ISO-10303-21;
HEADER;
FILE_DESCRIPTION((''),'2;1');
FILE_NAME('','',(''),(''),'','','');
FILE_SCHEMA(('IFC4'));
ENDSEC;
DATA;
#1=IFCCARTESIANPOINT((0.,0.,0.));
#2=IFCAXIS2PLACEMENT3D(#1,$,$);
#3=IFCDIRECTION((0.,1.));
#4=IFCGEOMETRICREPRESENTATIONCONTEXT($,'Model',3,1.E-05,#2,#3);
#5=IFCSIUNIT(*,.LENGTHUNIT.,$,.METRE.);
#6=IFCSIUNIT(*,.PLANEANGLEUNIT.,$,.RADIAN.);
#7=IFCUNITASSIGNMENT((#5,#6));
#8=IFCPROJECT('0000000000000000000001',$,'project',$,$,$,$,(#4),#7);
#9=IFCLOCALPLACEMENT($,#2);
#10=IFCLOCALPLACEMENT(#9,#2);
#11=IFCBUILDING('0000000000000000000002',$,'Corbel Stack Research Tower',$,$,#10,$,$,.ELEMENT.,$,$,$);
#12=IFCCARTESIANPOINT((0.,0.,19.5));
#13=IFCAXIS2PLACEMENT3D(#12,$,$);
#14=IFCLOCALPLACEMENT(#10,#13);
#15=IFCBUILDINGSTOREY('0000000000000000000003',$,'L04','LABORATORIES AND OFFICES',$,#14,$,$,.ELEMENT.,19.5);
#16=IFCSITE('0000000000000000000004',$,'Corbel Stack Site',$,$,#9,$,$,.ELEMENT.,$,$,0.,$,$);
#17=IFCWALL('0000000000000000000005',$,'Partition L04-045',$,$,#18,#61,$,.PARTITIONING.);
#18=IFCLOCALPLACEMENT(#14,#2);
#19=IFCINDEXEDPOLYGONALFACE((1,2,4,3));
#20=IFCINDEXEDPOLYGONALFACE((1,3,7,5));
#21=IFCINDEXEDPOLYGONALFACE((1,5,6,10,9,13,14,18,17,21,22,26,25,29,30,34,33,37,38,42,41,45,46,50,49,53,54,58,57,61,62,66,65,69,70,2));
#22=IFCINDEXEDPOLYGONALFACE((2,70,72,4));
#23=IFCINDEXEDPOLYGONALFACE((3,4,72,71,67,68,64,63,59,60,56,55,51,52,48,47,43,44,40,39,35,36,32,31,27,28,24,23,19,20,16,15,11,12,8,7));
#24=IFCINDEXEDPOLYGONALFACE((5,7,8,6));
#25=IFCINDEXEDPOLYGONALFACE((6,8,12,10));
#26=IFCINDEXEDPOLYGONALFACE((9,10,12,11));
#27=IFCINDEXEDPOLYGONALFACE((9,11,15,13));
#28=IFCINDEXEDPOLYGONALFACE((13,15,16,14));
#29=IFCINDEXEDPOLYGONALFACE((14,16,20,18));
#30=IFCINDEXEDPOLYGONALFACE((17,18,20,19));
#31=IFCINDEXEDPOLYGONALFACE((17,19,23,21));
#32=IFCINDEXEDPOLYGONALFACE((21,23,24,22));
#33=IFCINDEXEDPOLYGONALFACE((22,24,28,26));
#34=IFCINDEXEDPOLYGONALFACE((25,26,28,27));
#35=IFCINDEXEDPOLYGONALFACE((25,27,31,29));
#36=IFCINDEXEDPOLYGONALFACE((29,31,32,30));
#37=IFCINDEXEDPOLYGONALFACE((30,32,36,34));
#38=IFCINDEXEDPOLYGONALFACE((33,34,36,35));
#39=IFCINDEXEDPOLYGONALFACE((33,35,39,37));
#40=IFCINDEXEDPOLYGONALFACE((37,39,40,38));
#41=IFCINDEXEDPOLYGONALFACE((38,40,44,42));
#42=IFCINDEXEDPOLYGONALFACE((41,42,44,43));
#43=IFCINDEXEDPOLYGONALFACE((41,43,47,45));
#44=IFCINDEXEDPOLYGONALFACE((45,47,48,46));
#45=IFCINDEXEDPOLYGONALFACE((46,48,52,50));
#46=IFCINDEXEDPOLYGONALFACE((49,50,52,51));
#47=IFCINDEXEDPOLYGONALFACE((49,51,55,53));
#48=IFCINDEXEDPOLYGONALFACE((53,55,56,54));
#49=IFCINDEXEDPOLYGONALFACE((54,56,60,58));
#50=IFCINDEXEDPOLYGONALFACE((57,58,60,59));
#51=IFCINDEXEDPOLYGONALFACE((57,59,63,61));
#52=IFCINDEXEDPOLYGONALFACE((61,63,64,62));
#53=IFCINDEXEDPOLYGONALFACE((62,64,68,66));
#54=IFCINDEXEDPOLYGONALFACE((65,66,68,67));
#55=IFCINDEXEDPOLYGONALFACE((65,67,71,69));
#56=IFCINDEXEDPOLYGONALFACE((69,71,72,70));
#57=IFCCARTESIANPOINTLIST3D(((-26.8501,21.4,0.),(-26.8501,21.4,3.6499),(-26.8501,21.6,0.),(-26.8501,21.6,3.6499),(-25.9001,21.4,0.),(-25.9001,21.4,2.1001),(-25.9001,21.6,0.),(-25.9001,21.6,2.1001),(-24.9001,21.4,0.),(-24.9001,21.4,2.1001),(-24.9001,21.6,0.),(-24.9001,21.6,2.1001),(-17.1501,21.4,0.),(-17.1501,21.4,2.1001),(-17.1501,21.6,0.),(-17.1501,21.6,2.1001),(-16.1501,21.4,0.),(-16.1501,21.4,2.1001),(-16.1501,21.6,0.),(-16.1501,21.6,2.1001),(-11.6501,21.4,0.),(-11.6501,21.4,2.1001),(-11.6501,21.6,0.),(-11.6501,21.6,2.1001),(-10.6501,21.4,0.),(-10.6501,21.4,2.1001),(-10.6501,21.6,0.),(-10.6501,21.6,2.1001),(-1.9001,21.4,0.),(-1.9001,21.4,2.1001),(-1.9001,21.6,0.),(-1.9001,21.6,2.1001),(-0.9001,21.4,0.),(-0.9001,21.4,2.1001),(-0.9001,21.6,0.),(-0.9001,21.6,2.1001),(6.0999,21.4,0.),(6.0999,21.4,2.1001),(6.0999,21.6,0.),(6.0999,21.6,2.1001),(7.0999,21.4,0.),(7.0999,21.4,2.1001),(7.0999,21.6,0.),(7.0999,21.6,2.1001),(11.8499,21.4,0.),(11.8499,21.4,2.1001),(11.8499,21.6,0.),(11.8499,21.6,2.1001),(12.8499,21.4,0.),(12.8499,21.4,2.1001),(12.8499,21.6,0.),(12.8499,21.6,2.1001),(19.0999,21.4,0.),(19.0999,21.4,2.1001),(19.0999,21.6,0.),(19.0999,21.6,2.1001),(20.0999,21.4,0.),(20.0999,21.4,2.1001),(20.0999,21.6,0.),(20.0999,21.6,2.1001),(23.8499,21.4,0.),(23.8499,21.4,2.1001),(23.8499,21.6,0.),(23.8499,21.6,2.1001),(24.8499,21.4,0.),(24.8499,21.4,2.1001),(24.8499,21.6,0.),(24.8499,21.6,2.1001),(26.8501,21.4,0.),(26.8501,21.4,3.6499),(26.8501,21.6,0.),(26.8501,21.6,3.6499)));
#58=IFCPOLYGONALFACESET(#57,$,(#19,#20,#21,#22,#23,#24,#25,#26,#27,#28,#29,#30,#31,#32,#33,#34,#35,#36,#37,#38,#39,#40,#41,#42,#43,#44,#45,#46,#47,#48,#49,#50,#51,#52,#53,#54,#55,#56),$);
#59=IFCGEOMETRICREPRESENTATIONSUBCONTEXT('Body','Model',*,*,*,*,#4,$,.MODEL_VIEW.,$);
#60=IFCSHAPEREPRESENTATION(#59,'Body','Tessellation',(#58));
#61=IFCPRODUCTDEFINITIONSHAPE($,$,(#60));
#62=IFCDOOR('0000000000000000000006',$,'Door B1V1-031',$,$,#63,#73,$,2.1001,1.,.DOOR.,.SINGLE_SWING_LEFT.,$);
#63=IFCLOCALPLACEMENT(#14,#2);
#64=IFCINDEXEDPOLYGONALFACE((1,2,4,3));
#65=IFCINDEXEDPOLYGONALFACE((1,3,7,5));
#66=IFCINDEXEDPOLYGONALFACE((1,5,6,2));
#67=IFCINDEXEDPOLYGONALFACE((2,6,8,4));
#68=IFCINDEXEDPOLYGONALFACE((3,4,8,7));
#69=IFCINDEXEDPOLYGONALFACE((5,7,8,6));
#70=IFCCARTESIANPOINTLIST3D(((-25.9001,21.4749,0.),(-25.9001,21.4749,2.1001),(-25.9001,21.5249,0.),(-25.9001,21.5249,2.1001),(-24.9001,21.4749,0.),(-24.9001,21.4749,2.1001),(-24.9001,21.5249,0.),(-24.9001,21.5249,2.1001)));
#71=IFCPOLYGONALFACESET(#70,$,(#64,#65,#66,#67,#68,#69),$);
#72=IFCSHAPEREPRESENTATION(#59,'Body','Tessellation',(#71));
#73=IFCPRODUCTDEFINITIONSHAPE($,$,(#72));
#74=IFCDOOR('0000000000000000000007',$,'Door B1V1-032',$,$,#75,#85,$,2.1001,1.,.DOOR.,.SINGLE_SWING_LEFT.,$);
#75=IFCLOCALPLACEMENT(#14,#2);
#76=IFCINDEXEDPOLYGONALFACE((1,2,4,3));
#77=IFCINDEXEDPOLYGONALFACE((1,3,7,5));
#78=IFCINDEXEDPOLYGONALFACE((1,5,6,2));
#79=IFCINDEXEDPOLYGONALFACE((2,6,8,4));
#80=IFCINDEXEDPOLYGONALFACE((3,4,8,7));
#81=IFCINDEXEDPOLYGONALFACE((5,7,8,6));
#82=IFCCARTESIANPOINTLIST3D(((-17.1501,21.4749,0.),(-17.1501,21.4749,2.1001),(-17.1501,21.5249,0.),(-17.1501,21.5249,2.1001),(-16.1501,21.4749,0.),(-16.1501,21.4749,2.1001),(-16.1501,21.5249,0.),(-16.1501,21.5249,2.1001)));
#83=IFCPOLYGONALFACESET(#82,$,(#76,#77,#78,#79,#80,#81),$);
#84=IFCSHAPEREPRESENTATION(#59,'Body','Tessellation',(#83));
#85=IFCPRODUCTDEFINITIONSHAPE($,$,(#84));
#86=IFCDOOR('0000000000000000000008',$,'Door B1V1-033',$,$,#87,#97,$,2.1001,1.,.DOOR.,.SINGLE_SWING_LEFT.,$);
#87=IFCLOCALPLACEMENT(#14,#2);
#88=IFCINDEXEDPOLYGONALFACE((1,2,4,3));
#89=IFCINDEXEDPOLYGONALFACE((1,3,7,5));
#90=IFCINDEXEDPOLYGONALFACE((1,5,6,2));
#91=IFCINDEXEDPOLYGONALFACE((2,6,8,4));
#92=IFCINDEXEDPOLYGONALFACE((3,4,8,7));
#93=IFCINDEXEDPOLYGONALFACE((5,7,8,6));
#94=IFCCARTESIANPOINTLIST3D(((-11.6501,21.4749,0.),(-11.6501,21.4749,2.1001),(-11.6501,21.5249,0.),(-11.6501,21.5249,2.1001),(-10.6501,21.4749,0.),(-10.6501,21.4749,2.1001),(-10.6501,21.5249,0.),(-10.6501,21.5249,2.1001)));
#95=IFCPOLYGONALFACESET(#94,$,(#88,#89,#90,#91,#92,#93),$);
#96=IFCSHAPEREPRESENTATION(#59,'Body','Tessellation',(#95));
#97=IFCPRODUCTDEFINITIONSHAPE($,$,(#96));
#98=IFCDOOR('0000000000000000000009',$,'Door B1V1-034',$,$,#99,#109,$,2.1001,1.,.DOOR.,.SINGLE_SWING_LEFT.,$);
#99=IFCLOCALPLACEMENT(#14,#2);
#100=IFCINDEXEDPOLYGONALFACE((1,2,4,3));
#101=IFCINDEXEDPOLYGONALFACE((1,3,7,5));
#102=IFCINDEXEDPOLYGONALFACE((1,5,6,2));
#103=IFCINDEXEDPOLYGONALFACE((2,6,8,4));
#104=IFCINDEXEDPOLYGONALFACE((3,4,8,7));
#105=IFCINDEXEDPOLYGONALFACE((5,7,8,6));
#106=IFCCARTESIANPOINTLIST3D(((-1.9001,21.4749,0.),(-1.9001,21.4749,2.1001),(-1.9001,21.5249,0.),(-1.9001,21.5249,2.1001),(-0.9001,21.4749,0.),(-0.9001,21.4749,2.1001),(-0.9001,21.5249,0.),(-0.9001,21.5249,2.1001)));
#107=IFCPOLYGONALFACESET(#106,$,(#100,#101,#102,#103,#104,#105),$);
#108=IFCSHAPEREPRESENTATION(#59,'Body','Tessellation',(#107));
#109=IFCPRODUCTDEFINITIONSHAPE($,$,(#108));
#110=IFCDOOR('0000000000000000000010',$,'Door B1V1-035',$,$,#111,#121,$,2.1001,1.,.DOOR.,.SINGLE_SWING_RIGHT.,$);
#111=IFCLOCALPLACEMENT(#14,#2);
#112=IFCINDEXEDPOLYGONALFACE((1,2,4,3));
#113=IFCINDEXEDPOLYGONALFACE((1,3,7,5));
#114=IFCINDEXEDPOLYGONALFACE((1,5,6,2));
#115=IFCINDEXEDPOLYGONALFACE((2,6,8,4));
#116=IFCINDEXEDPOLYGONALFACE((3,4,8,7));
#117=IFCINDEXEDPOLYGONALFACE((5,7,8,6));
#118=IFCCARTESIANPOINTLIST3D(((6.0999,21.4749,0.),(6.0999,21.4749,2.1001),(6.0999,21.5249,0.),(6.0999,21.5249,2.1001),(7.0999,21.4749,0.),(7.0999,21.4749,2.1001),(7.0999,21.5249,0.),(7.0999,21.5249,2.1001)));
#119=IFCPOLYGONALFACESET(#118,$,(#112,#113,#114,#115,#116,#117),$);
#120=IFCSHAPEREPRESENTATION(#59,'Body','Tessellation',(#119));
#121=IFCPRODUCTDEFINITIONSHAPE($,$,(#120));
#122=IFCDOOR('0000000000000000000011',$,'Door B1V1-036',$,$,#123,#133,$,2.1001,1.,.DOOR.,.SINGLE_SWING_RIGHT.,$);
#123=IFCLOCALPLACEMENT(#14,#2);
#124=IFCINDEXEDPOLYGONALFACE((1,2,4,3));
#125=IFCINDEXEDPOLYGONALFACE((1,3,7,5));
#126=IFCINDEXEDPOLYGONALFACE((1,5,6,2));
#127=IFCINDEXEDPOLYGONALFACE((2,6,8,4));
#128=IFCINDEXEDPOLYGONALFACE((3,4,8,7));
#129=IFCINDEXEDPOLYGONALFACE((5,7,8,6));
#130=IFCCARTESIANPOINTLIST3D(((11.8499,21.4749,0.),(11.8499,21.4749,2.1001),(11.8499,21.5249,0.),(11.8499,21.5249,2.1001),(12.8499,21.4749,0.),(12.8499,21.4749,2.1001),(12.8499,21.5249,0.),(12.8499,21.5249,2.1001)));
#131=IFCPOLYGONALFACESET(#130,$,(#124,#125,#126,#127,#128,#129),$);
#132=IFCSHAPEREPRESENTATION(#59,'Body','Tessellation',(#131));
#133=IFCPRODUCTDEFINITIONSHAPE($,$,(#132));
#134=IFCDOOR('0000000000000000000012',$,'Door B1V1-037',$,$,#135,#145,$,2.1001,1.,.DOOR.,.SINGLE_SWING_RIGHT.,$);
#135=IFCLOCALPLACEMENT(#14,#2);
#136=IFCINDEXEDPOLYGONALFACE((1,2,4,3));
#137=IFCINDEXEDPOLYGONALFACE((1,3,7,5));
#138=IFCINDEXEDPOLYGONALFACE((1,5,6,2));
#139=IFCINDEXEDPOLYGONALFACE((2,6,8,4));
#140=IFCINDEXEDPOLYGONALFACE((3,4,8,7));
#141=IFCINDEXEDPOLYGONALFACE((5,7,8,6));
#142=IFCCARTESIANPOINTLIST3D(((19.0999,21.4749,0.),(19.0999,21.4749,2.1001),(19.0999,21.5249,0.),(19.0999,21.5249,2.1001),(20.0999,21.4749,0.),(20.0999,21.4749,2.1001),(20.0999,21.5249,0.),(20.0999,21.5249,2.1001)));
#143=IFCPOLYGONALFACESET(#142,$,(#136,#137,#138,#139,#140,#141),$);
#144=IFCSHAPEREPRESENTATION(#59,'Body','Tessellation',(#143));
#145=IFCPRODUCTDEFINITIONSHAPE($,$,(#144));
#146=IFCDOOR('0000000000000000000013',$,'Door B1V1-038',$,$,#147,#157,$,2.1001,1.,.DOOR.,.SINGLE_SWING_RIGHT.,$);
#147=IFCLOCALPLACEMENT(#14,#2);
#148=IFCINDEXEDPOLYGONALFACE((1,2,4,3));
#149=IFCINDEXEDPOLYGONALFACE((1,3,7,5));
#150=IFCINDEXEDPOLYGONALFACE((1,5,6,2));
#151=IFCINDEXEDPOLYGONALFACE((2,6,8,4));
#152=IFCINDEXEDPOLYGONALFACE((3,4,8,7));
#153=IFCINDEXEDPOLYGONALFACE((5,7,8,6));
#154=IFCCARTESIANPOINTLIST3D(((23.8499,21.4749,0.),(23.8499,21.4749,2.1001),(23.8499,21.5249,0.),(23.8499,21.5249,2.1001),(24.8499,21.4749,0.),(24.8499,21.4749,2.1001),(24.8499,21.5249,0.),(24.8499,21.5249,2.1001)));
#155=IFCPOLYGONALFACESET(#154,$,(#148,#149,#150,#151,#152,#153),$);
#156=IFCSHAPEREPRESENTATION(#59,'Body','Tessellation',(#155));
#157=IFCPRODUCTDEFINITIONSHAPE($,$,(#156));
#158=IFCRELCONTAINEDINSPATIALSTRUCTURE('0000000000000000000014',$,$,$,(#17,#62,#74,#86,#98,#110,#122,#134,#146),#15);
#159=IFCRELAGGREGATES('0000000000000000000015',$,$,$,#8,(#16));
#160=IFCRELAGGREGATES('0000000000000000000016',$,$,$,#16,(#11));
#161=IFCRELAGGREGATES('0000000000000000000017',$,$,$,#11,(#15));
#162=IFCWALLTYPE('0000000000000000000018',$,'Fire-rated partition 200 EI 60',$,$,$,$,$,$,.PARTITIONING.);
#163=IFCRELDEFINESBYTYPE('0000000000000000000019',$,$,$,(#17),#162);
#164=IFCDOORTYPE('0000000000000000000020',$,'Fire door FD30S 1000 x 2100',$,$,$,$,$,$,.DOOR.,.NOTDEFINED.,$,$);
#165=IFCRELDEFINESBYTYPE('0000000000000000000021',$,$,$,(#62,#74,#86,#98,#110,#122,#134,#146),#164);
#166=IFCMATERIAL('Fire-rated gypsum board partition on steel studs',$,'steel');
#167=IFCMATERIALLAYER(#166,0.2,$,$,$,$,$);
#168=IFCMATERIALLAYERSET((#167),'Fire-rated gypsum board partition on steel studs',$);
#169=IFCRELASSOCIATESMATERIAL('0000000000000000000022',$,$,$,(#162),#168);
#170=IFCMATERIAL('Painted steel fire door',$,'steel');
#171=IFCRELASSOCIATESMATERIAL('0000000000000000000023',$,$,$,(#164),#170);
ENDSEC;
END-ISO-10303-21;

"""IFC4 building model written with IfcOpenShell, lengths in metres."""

from ifc_helpers import new_model, si_unit, direction, frame, frame_2d, origin, place, context, subcontext, project, spatial, rectangle, extrude, material, layer, layer_set, type_object, element, fill, save


model = new_model("IFC4")

# Units and contexts
model_context = context("Model", 3, precision=1e-05, world=origin(), true_north=direction((0.0, 1.0)))
body_context = subcontext(model_context, "Body", "Model", "MODEL_VIEW")
ifc_project = project(units=[si_unit("LENGTHUNIT", "METRE"), si_unit("PLANEANGLEUNIT", "RADIAN")], contexts=[model_context])

# Site, building, storey
site_placement = place(None, origin())
site = spatial("IfcSite", under=ifc_project, at=site_placement, Name="Corbel Stack Site", CompositionType="ELEMENT", RefElevation=0.0)
building_placement = place(site_placement, origin())
building = spatial("IfcBuilding", under=site, at=building_placement, Name="Corbel Stack Research Tower", CompositionType="ELEMENT")
storey_placement = place(building_placement, frame((0.0, 0.0, 19.5)))
storey = spatial("IfcBuildingStorey", under=building, at=storey_placement, Name="L04", Description="LABORATORIES AND OFFICES", CompositionType="ELEMENT", Elevation=19.5)

# Shared definitions
ifc_material_1 = material(Name="Fire-rated gypsum board partition on steel studs", Category="steel")
ifc_layer_1 = layer(ifc_material_1, 0.2)
ifc_layer_set_1 = layer_set([ifc_layer_1], Name="Fire-rated gypsum board partition on steel studs")
wall_type_1 = type_object("IfcWallType", Name="Fire-rated partition 200 EI 60", PredefinedType="PARTITIONING", material=ifc_layer_set_1)

# Wall, openings, doors
wall_1_placement = place(storey_placement, frame((-26.8501, 21.5, 0.0), z_axis=(0.0, 0.0, 1.0), x_axis=(1.0, 0.0, 0.0)))
wall_1 = element("IfcWall", 1, at=wall_1_placement, inside=storey, type_object=wall_type_1, Name="Partition L04-045", PredefinedType="PARTITIONING", context=body_context, shape_type="SweptSolid", body=[
    extrude(rectangle(XDim=53.7002, YDim=0.2, at=frame_2d((26.8501, 0.0))), origin(), (0.0, 0.0, 1.0), 3.6499),
])
opening_1_placement = place(wall_1_placement, frame((0.95, 0.0, 0.0)))
opening_1 = element("IfcOpeningElement", 2, at=opening_1_placement, cuts=wall_1, PredefinedType="OPENING", context=body_context, shape_type="SweptSolid", body=[
    extrude(rectangle(XDim=1.0, YDim=2.1001, at=frame_2d((0.5, 1.05))), frame((0.0, 0.1099, 0.0), z_axis=(0.0, -1.0, 0.0), x_axis=(1.0, 0.0, 0.0)), (0.0, 0.0, 1.0), 0.22),
])
opening_2_placement = place(wall_1_placement, frame((9.7, 0.0, 0.0)))
opening_2 = element("IfcOpeningElement", 3, at=opening_2_placement, cuts=wall_1, PredefinedType="OPENING", context=body_context, shape_type="SweptSolid", body=[
    extrude(rectangle(XDim=1.0, YDim=2.1001, at=frame_2d((0.5, 1.05))), frame((0.0, 0.1099, 0.0), z_axis=(0.0, -1.0, 0.0), x_axis=(1.0, 0.0, 0.0)), (0.0, 0.0, 1.0), 0.22),
])
opening_3_placement = place(wall_1_placement, frame((15.2, 0.0, 0.0)))
opening_3 = element("IfcOpeningElement", 4, at=opening_3_placement, cuts=wall_1, PredefinedType="OPENING", context=body_context, shape_type="SweptSolid", body=[
    extrude(rectangle(XDim=1.0, YDim=2.1001, at=frame_2d((0.5, 1.05))), frame((0.0, 0.1099, 0.0), z_axis=(0.0, -1.0, 0.0), x_axis=(1.0, 0.0, 0.0)), (0.0, 0.0, 1.0), 0.22),
])
opening_4_placement = place(wall_1_placement, frame((24.95, 0.0, 0.0)))
opening_4 = element("IfcOpeningElement", 5, at=opening_4_placement, cuts=wall_1, PredefinedType="OPENING", context=body_context, shape_type="SweptSolid", body=[
    extrude(rectangle(XDim=1.0, YDim=2.1001, at=frame_2d((0.5, 1.05))), frame((0.0, 0.1099, 0.0), z_axis=(0.0, -1.0, 0.0), x_axis=(1.0, 0.0, 0.0)), (0.0, 0.0, 1.0), 0.22),
])
opening_5_placement = place(wall_1_placement, frame((32.95, 0.0, 0.0)))
opening_5 = element("IfcOpeningElement", 6, at=opening_5_placement, cuts=wall_1, PredefinedType="OPENING", context=body_context, shape_type="SweptSolid", body=[
    extrude(rectangle(XDim=1.0, YDim=2.1001, at=frame_2d((0.5, 1.05))), frame((0.0, 0.1099, 0.0), z_axis=(0.0, -1.0, 0.0), x_axis=(1.0, 0.0, 0.0)), (0.0, 0.0, 1.0), 0.22),
])
opening_6_placement = place(wall_1_placement, frame((38.7, 0.0, 0.0)))
opening_6 = element("IfcOpeningElement", 7, at=opening_6_placement, cuts=wall_1, PredefinedType="OPENING", context=body_context, shape_type="SweptSolid", body=[
    extrude(rectangle(XDim=1.0, YDim=2.1001, at=frame_2d((0.5, 1.05))), frame((0.0, 0.1099, 0.0), z_axis=(0.0, -1.0, 0.0), x_axis=(1.0, 0.0, 0.0)), (0.0, 0.0, 1.0), 0.22),
])
opening_7_placement = place(wall_1_placement, frame((45.95, 0.0, 0.0)))
opening_7 = element("IfcOpeningElement", 8, at=opening_7_placement, cuts=wall_1, PredefinedType="OPENING", context=body_context, shape_type="SweptSolid", body=[
    extrude(rectangle(XDim=1.0, YDim=2.1001, at=frame_2d((0.5, 1.05))), frame((0.0, 0.1099, 0.0), z_axis=(0.0, -1.0, 0.0), x_axis=(1.0, 0.0, 0.0)), (0.0, 0.0, 1.0), 0.22),
])
opening_8_placement = place(wall_1_placement, frame((50.7, 0.0, 0.0)))
opening_8 = element("IfcOpeningElement", 9, at=opening_8_placement, cuts=wall_1, PredefinedType="OPENING", context=body_context, shape_type="SweptSolid", body=[
    extrude(rectangle(XDim=1.0, YDim=2.1001, at=frame_2d((0.5, 1.05))), frame((0.0, 0.1099, 0.0), z_axis=(0.0, -1.0, 0.0), x_axis=(1.0, 0.0, 0.0)), (0.0, 0.0, 1.0), 0.22),
])
ifc_material_2 = material(Name="Painted steel fire door", Category="steel")
door_type_1 = type_object("IfcDoorType", Name="Fire door FD30S 1000 x 2100", OperationType="NOTDEFINED", PredefinedType="DOOR", material=ifc_material_2)
door_1_placement = place(opening_1_placement, origin())
door_1 = element("IfcDoor", 10, at=door_1_placement, inside=storey, type_object=door_type_1, Name="Door B1V1-031", OperationType="SINGLE_SWING_LEFT", OverallHeight=2.1001, OverallWidth=1.0, PredefinedType="DOOR", context=body_context, shape_type="SweptSolid", body=[
    extrude(rectangle(XDim=1.0, YDim=2.1001, at=frame_2d((0.5, 1.05))), frame((0.0, 0.0249, 0.0), z_axis=(0.0, -1.0, 0.0), x_axis=(1.0, 0.0, 0.0)), (0.0, 0.0, 1.0), 0.05),
])
fill(opening_1, door_1)
door_2_placement = place(opening_2_placement, origin())
door_2 = element("IfcDoor", 11, at=door_2_placement, inside=storey, type_object=door_type_1, Name="Door B1V1-032", OperationType="SINGLE_SWING_LEFT", OverallHeight=2.1001, OverallWidth=1.0, PredefinedType="DOOR", context=body_context, shape_type="SweptSolid", body=[
    extrude(rectangle(XDim=1.0, YDim=2.1001, at=frame_2d((0.5, 1.05))), frame((0.0, 0.0249, 0.0), z_axis=(0.0, -1.0, 0.0), x_axis=(1.0, 0.0, 0.0)), (0.0, 0.0, 1.0), 0.05),
])
fill(opening_2, door_2)
door_3_placement = place(opening_3_placement, origin())
door_3 = element("IfcDoor", 12, at=door_3_placement, inside=storey, type_object=door_type_1, Name="Door B1V1-033", OperationType="SINGLE_SWING_LEFT", OverallHeight=2.1001, OverallWidth=1.0, PredefinedType="DOOR", context=body_context, shape_type="SweptSolid", body=[
    extrude(rectangle(XDim=1.0, YDim=2.1001, at=frame_2d((0.5, 1.05))), frame((0.0, 0.0249, 0.0), z_axis=(0.0, -1.0, 0.0), x_axis=(1.0, 0.0, 0.0)), (0.0, 0.0, 1.0), 0.05),
])
fill(opening_3, door_3)
door_4_placement = place(opening_4_placement, origin())
door_4 = element("IfcDoor", 13, at=door_4_placement, inside=storey, type_object=door_type_1, Name="Door B1V1-034", OperationType="SINGLE_SWING_LEFT", OverallHeight=2.1001, OverallWidth=1.0, PredefinedType="DOOR", context=body_context, shape_type="SweptSolid", body=[
    extrude(rectangle(XDim=1.0, YDim=2.1001, at=frame_2d((0.5, 1.05))), frame((0.0, 0.0249, 0.0), z_axis=(0.0, -1.0, 0.0), x_axis=(1.0, 0.0, 0.0)), (0.0, 0.0, 1.0), 0.05),
])
fill(opening_4, door_4)
door_5_placement = place(opening_5_placement, origin())
door_5 = element("IfcDoor", 14, at=door_5_placement, inside=storey, type_object=door_type_1, Name="Door B1V1-035", OperationType="SINGLE_SWING_RIGHT", OverallHeight=2.1001, OverallWidth=1.0, PredefinedType="DOOR", context=body_context, shape_type="SweptSolid", body=[
    extrude(rectangle(XDim=1.0, YDim=2.1001, at=frame_2d((0.5, 1.05))), frame((0.0, 0.0249, 0.0), z_axis=(0.0, -1.0, 0.0), x_axis=(1.0, 0.0, 0.0)), (0.0, 0.0, 1.0), 0.05),
])
fill(opening_5, door_5)
door_6_placement = place(opening_6_placement, origin())
door_6 = element("IfcDoor", 15, at=door_6_placement, inside=storey, type_object=door_type_1, Name="Door B1V1-036", OperationType="SINGLE_SWING_RIGHT", OverallHeight=2.1001, OverallWidth=1.0, PredefinedType="DOOR", context=body_context, shape_type="SweptSolid", body=[
    extrude(rectangle(XDim=1.0, YDim=2.1001, at=frame_2d((0.5, 1.05))), frame((0.0, 0.0249, 0.0), z_axis=(0.0, -1.0, 0.0), x_axis=(1.0, 0.0, 0.0)), (0.0, 0.0, 1.0), 0.05),
])
fill(opening_6, door_6)
door_7_placement = place(opening_7_placement, origin())
door_7 = element("IfcDoor", 16, at=door_7_placement, inside=storey, type_object=door_type_1, Name="Door B1V1-037", OperationType="SINGLE_SWING_RIGHT", OverallHeight=2.1001, OverallWidth=1.0, PredefinedType="DOOR", context=body_context, shape_type="SweptSolid", body=[
    extrude(rectangle(XDim=1.0, YDim=2.1001, at=frame_2d((0.5, 1.05))), frame((0.0, 0.0249, 0.0), z_axis=(0.0, -1.0, 0.0), x_axis=(1.0, 0.0, 0.0)), (0.0, 0.0, 1.0), 0.05),
])
fill(opening_7, door_7)
door_8_placement = place(opening_8_placement, origin())
door_8 = element("IfcDoor", 17, at=door_8_placement, inside=storey, type_object=door_type_1, Name="Door B1V1-038", OperationType="SINGLE_SWING_RIGHT", OverallHeight=2.1001, OverallWidth=1.0, PredefinedType="DOOR", context=body_context, shape_type="SweptSolid", body=[
    extrude(rectangle(XDim=1.0, YDim=2.1001, at=frame_2d((0.5, 1.05))), frame((0.0, 0.0249, 0.0), z_axis=(0.0, -1.0, 0.0), x_axis=(1.0, 0.0, 0.0)), (0.0, 0.0, 1.0), 0.05),
])
fill(opening_8, door_8)

save(model, "model.ifc")
